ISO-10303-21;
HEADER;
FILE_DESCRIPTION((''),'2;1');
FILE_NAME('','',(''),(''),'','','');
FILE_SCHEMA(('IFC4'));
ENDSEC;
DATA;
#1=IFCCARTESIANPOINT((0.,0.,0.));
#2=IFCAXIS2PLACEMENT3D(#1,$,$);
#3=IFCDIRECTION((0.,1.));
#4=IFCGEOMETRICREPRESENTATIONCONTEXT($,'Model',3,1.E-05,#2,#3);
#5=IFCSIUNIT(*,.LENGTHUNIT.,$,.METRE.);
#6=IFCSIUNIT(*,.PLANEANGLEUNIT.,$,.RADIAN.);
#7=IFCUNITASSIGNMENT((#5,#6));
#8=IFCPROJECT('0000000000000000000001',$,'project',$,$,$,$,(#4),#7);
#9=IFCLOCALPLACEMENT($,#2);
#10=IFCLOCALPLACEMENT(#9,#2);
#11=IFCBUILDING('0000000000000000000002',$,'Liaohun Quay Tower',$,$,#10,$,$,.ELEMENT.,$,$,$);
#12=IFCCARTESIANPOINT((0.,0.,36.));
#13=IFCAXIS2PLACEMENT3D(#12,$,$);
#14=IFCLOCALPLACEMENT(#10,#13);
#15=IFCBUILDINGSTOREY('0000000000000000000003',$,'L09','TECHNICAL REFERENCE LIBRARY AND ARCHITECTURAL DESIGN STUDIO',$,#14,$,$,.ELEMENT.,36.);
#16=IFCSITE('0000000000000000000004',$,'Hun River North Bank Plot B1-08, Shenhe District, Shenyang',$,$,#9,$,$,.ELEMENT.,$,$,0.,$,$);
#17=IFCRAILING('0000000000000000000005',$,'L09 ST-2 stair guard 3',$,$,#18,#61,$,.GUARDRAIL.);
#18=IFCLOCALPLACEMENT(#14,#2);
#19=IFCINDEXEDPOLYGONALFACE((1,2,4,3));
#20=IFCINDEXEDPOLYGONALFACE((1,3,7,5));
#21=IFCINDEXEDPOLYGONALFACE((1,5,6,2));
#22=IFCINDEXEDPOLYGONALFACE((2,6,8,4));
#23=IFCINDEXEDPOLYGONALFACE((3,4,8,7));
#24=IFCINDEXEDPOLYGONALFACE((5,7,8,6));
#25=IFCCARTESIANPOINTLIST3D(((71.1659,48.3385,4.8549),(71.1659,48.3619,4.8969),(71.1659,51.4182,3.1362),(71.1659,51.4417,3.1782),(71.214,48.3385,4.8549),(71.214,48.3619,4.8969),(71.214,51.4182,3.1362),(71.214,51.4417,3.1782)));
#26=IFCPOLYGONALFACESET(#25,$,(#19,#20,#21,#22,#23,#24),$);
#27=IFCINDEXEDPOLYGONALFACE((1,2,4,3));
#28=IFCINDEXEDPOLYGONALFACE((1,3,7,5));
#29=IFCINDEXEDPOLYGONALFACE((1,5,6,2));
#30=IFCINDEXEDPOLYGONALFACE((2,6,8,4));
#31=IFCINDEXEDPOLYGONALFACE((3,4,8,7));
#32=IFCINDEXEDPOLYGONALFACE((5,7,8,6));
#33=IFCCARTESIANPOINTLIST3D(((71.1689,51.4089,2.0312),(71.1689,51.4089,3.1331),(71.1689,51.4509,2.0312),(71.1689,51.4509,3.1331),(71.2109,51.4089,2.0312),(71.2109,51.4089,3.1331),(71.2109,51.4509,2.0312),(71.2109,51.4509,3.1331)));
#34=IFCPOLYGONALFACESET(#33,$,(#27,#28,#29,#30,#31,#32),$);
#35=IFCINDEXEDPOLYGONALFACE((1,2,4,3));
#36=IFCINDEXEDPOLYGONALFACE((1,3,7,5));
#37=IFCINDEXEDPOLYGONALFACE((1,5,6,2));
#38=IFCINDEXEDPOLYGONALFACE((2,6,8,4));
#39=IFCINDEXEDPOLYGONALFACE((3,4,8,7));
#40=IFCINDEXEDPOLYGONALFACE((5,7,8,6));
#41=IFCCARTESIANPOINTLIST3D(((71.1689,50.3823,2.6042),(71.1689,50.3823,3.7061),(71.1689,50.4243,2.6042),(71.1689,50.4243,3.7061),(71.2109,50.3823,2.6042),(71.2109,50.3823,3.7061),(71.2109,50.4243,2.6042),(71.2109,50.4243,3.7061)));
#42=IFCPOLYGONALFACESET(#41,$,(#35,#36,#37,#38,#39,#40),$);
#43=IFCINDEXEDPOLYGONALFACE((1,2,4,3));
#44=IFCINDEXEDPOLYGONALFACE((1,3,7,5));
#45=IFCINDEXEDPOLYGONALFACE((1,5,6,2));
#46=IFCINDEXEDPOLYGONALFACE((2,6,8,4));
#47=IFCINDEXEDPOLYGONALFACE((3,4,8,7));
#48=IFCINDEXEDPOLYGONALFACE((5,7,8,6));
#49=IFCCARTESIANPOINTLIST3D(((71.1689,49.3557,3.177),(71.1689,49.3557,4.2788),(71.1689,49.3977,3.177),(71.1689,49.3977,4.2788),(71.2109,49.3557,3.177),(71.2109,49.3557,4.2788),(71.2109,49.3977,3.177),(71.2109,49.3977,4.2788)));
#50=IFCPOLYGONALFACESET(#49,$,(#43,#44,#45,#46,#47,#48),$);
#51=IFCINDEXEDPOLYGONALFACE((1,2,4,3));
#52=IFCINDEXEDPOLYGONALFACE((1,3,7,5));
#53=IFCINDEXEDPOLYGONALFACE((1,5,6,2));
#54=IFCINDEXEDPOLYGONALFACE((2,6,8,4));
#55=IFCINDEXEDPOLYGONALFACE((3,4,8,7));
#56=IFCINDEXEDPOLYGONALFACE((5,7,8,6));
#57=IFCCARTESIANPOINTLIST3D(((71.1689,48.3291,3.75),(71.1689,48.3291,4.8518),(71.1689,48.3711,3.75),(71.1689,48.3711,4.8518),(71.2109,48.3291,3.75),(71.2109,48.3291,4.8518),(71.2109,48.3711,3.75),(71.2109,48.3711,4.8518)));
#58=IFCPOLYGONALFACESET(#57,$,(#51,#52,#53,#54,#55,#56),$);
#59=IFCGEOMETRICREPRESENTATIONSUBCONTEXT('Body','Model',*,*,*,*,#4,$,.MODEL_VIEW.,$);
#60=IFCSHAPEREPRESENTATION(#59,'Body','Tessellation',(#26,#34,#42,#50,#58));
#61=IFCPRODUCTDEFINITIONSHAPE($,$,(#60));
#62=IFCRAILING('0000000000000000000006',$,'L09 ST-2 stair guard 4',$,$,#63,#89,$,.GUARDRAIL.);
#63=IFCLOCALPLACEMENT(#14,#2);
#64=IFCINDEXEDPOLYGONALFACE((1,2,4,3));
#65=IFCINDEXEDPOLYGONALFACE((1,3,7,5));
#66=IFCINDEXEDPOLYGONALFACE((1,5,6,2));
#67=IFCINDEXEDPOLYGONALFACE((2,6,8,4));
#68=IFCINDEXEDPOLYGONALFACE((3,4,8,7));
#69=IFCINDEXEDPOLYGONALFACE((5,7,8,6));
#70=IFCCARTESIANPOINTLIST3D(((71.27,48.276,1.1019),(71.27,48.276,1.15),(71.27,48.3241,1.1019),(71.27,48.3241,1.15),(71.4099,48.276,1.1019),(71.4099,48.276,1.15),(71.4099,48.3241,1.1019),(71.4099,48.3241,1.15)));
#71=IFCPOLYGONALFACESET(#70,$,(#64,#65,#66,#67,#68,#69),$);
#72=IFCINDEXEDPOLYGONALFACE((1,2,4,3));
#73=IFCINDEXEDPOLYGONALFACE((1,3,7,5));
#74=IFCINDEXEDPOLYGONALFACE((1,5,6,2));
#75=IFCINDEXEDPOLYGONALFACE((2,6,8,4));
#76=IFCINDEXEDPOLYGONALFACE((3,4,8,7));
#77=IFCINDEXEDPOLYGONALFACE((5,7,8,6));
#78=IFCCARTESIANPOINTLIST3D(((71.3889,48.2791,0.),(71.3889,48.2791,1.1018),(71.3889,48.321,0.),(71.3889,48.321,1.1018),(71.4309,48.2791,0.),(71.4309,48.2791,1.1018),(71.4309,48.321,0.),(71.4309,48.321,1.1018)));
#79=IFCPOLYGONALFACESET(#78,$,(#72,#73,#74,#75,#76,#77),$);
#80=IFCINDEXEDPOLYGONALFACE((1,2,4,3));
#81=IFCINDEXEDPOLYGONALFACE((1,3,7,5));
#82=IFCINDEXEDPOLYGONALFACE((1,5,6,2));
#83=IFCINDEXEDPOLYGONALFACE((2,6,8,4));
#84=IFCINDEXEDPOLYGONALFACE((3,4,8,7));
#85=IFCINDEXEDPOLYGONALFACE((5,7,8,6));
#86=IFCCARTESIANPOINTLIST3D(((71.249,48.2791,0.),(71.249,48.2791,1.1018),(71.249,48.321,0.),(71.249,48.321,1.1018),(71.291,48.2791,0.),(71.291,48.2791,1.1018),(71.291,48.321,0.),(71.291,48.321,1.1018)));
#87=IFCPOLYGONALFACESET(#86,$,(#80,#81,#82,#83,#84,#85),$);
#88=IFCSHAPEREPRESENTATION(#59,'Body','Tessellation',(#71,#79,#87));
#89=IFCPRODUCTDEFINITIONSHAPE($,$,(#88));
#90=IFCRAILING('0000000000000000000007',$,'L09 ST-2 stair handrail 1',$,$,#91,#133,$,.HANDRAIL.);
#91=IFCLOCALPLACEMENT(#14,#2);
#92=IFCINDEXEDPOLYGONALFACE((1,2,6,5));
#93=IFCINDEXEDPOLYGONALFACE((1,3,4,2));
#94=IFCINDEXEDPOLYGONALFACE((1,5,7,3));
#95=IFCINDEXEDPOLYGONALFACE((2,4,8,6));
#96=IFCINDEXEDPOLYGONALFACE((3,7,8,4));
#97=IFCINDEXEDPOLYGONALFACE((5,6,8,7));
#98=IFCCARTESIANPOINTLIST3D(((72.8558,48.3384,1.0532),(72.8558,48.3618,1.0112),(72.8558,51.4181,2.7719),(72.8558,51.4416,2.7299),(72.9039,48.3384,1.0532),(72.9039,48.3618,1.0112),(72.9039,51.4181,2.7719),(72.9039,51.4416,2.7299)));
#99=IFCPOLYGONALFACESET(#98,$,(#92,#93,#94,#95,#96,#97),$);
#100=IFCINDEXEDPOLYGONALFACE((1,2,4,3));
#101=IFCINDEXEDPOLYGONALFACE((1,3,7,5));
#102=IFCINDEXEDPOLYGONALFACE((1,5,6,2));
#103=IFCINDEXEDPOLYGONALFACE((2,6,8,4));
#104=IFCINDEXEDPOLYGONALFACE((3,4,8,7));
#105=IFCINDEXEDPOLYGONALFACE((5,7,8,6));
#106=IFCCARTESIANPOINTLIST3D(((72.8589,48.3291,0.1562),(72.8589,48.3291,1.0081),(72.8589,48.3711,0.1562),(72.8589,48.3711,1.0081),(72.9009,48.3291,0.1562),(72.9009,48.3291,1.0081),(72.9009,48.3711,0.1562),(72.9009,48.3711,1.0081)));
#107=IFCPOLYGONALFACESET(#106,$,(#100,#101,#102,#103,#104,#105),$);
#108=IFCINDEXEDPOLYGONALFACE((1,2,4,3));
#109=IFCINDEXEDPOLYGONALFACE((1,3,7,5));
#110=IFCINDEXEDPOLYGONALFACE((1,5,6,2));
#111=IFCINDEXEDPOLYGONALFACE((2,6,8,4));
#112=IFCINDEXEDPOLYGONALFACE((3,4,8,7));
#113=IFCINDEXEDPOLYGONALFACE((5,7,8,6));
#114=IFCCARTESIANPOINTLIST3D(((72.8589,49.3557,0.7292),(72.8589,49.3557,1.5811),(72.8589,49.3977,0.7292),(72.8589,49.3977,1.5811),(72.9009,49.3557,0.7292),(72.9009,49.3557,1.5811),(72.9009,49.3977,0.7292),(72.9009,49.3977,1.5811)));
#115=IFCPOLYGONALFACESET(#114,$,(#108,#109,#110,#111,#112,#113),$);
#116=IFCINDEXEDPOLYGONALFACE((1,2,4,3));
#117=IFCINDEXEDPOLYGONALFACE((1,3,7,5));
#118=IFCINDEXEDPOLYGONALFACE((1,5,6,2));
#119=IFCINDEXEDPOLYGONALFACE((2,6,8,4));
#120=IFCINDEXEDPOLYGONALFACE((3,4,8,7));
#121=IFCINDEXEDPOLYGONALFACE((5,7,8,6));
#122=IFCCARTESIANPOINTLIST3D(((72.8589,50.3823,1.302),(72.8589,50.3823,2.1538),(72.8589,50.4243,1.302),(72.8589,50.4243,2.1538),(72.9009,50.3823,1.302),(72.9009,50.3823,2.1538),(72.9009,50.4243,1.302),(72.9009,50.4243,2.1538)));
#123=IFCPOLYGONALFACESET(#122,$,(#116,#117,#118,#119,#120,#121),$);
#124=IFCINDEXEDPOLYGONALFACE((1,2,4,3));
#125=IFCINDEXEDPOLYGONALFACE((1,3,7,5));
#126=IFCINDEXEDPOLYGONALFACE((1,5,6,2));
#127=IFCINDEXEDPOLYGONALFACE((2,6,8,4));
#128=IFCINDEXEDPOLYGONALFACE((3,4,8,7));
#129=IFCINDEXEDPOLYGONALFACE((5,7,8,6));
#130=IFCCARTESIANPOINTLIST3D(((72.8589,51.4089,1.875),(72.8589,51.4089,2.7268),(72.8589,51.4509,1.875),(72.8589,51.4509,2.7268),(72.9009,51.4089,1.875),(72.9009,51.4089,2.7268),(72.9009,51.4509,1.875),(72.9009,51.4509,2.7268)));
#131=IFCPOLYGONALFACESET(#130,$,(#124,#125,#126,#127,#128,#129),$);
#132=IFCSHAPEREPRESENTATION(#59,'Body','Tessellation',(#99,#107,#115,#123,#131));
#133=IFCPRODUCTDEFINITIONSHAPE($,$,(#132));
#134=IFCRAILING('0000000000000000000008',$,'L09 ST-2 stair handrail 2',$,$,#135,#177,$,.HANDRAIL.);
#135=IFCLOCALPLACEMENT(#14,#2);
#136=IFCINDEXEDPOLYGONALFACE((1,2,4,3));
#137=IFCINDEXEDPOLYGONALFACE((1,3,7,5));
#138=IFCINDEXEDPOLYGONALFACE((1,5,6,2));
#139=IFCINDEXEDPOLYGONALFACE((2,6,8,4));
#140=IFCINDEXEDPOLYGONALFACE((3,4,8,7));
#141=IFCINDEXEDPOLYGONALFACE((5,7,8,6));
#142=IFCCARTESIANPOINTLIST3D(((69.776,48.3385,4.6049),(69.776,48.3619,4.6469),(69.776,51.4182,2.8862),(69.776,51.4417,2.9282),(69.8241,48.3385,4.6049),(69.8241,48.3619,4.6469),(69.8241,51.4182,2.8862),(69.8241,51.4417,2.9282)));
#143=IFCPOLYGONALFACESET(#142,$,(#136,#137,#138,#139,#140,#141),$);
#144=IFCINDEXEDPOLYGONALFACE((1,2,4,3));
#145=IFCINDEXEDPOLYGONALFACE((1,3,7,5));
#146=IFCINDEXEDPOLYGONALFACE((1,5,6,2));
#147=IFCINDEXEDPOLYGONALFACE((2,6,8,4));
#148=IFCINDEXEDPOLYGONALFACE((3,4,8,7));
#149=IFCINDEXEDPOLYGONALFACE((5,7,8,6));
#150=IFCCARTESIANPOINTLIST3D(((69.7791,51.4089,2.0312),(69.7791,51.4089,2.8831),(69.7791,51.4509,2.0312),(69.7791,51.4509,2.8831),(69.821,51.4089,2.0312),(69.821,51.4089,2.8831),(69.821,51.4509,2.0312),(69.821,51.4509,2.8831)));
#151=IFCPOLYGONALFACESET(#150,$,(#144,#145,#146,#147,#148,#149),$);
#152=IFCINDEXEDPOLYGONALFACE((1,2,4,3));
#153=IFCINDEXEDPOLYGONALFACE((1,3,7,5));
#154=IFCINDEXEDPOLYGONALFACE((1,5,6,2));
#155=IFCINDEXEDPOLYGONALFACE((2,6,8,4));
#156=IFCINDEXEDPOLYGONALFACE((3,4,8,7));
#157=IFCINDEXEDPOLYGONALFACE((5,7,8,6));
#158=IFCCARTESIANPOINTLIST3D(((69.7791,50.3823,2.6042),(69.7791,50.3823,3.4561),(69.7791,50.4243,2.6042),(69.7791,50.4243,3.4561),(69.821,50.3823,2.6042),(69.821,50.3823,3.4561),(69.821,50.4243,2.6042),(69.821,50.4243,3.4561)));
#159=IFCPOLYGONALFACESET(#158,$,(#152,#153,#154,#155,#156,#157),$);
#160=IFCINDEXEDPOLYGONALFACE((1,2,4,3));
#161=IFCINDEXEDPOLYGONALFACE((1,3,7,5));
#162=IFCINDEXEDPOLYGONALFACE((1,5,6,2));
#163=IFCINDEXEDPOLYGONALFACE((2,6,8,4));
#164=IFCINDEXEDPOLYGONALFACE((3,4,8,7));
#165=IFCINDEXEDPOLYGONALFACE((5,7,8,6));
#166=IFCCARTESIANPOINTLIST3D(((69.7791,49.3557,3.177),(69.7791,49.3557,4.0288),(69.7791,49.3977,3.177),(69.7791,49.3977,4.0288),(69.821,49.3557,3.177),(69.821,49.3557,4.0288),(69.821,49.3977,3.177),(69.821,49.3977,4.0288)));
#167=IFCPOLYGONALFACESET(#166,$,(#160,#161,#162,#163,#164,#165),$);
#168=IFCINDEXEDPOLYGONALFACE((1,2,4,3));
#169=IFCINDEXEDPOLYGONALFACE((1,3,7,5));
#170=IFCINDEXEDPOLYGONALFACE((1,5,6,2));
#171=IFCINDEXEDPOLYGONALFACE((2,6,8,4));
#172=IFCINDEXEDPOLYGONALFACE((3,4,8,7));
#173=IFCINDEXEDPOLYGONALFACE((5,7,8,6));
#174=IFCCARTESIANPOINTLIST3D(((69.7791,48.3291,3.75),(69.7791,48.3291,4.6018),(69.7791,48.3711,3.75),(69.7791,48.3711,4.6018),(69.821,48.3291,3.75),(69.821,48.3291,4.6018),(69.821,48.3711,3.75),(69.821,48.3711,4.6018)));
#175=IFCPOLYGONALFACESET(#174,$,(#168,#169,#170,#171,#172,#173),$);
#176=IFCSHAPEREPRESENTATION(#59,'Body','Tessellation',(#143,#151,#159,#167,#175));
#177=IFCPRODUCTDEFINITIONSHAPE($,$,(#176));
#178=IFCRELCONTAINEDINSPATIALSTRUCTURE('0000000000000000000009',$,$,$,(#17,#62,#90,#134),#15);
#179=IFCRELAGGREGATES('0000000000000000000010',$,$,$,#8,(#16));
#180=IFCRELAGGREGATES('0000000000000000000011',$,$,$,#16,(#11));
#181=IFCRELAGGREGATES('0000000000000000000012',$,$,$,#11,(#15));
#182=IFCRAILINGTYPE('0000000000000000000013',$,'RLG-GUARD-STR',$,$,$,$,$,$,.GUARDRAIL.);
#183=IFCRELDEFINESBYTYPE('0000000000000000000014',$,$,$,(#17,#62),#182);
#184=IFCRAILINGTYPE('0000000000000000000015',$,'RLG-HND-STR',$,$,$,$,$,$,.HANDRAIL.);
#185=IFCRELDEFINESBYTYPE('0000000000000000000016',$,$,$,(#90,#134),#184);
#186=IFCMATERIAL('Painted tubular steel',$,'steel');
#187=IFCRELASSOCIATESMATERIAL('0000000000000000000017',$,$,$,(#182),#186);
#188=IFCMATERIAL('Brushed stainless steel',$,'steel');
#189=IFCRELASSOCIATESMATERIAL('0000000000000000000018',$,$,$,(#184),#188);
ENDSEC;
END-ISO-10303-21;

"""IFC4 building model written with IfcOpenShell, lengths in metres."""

from ifc_helpers import new_model, si_unit, direction, frame, origin, origin_2d, place, context, subcontext, project, spatial, rectangle, extrude, material, type_object, element, save


model = new_model("IFC4")

# Units and contexts
model_context = context("Model", 3, precision=1e-05, world=origin(), true_north=direction((0.0, 1.0)))
body_context = subcontext(model_context, "Body", "Model", "MODEL_VIEW")
ifc_project = project(units=[si_unit("LENGTHUNIT", "METRE"), si_unit("PLANEANGLEUNIT", "RADIAN")], contexts=[model_context])

# Site, building, storey
site_placement = place(None, origin())
site = spatial("IfcSite", under=ifc_project, at=site_placement, Name="Hun River North Bank Plot B1-08, Shenhe District, Shenyang", CompositionType="ELEMENT", RefElevation=0.0)
building_placement = place(site_placement, origin())
building = spatial("IfcBuilding", under=site, at=building_placement, Name="Liaohun Quay Tower", CompositionType="ELEMENT")
storey_placement = place(building_placement, frame((0.0, 0.0, 36.0)))
storey = spatial("IfcBuildingStorey", under=building, at=storey_placement, Name="L09", Description="TECHNICAL REFERENCE LIBRARY AND ARCHITECTURAL DESIGN STUDIO", CompositionType="ELEMENT", Elevation=36.0)

# Railings
ifc_material_1 = material(Name="Painted tubular steel", Category="steel")
railing_type_1 = type_object("IfcRailingType", Name="RLG-GUARD-STR", PredefinedType="GUARDRAIL", material=ifc_material_1)
railing_1_placement = place(storey_placement, frame((71.1899, 51.4299, 2.0312)))
element("IfcRailing", 1, at=railing_1_placement, inside=storey, type_object=railing_type_1, Name="L09 ST-2 stair guard 3", PredefinedType="GUARDRAIL", context=body_context, shape_type="SweptSolid", body=[
    extrude(rectangle(XDim=0.0481, YDim=0.0481, at=origin_2d()), frame((0.0, 0.0, 1.126), z_axis=(0.0, -0.873225, 0.487317), x_axis=(1.0, 0.0, 0.0)), (0.0, 0.0, 1.0), 3.5269),
    extrude(rectangle(XDim=0.042, YDim=0.042, at=origin_2d()), origin(), (0.0, 0.0, 1.0), 1.1018),
    extrude(rectangle(XDim=0.042, YDim=0.042, at=origin_2d()), frame((0.0, -1.0266, 0.573)), (0.0, 0.0, 1.0), 1.1018),
    extrude(rectangle(XDim=0.042, YDim=0.042, at=origin_2d()), frame((0.0, -2.0532, 1.1458)), (0.0, 0.0, 1.0), 1.1018),
    extrude(rectangle(XDim=0.042, YDim=0.042, at=origin_2d()), frame((0.0, -3.0798, 1.7188)), (0.0, 0.0, 1.0), 1.1018),
])
railing_2_placement = place(storey_placement, frame((71.4099, 48.3, 0.0)))
element("IfcRailing", 2, at=railing_2_placement, inside=storey, type_object=railing_type_1, Name="L09 ST-2 stair guard 4", PredefinedType="GUARDRAIL", context=body_context, shape_type="SweptSolid", body=[
    extrude(rectangle(XDim=0.0481, YDim=0.0481, at=origin_2d()), frame((0.0, 0.0, 1.126), z_axis=(-1.0, 0.0, 0.0), x_axis=(0.0, -1.0, 0.0)), (0.0, 0.0, 1.0), 0.1399),
    extrude(rectangle(XDim=0.042, YDim=0.042, at=origin_2d()), origin(), (0.0, 0.0, 1.0), 1.1018),
    extrude(rectangle(XDim=0.042, YDim=0.042, at=origin_2d()), frame((-0.1399, 0.0, 0.0)), (0.0, 0.0, 1.0), 1.1018),
])
ifc_material_2 = material(Name="Brushed stainless steel", Category="steel")
railing_type_2 = type_object("IfcRailingType", Name="RLG-HND-STR", PredefinedType="HANDRAIL", material=ifc_material_2)
railing_3_placement = place(storey_placement, frame((72.8799, 48.3501, 0.1562)))
element("IfcRailing", 3, at=railing_3_placement, inside=storey, type_object=railing_type_2, Name="L09 ST-2 stair handrail 1", PredefinedType="HANDRAIL", context=body_context, shape_type="SweptSolid", body=[
    extrude(rectangle(XDim=0.0481, YDim=0.0481, at=origin_2d()), frame((0.0, 0.0, 0.876), z_axis=(0.0, 0.873225, 0.487317), x_axis=(-1.0, 0.0, 0.0)), (0.0, 0.0, 1.0), 3.5269),
    extrude(rectangle(XDim=0.042, YDim=0.042, at=origin_2d()), origin(), (0.0, 0.0, 1.0), 0.8518),
    extrude(rectangle(XDim=0.042, YDim=0.042, at=origin_2d()), frame((0.0, 1.0266, 0.573)), (0.0, 0.0, 1.0), 0.8518),
    extrude(rectangle(XDim=0.042, YDim=0.042, at=origin_2d()), frame((0.0, 2.0532, 1.1458)), (0.0, 0.0, 1.0), 0.8518),
    extrude(rectangle(XDim=0.042, YDim=0.042, at=origin_2d()), frame((0.0, 3.0798, 1.7188)), (0.0, 0.0, 1.0), 0.8518),
])
railing_4_placement = place(storey_placement, frame((69.8, 51.4299, 2.0312)))
element("IfcRailing", 4, at=railing_4_placement, inside=storey, type_object=railing_type_2, Name="L09 ST-2 stair handrail 2", PredefinedType="HANDRAIL", context=body_context, shape_type="SweptSolid", body=[
    extrude(rectangle(XDim=0.0481, YDim=0.0481, at=origin_2d()), frame((0.0, 0.0, 0.876), z_axis=(0.0, -0.873225, 0.487317), x_axis=(1.0, 0.0, 0.0)), (0.0, 0.0, 1.0), 3.5269),
    extrude(rectangle(XDim=0.042, YDim=0.042, at=origin_2d()), origin(), (0.0, 0.0, 1.0), 0.8518),
    extrude(rectangle(XDim=0.042, YDim=0.042, at=origin_2d()), frame((0.0, -1.0266, 0.573)), (0.0, 0.0, 1.0), 0.8518),
    extrude(rectangle(XDim=0.042, YDim=0.042, at=origin_2d()), frame((0.0, -2.0532, 1.1458)), (0.0, 0.0, 1.0), 0.8518),
    extrude(rectangle(XDim=0.042, YDim=0.042, at=origin_2d()), frame((0.0, -3.0798, 1.7188)), (0.0, 0.0, 1.0), 0.8518),
])

save(model, "model.ifc")
